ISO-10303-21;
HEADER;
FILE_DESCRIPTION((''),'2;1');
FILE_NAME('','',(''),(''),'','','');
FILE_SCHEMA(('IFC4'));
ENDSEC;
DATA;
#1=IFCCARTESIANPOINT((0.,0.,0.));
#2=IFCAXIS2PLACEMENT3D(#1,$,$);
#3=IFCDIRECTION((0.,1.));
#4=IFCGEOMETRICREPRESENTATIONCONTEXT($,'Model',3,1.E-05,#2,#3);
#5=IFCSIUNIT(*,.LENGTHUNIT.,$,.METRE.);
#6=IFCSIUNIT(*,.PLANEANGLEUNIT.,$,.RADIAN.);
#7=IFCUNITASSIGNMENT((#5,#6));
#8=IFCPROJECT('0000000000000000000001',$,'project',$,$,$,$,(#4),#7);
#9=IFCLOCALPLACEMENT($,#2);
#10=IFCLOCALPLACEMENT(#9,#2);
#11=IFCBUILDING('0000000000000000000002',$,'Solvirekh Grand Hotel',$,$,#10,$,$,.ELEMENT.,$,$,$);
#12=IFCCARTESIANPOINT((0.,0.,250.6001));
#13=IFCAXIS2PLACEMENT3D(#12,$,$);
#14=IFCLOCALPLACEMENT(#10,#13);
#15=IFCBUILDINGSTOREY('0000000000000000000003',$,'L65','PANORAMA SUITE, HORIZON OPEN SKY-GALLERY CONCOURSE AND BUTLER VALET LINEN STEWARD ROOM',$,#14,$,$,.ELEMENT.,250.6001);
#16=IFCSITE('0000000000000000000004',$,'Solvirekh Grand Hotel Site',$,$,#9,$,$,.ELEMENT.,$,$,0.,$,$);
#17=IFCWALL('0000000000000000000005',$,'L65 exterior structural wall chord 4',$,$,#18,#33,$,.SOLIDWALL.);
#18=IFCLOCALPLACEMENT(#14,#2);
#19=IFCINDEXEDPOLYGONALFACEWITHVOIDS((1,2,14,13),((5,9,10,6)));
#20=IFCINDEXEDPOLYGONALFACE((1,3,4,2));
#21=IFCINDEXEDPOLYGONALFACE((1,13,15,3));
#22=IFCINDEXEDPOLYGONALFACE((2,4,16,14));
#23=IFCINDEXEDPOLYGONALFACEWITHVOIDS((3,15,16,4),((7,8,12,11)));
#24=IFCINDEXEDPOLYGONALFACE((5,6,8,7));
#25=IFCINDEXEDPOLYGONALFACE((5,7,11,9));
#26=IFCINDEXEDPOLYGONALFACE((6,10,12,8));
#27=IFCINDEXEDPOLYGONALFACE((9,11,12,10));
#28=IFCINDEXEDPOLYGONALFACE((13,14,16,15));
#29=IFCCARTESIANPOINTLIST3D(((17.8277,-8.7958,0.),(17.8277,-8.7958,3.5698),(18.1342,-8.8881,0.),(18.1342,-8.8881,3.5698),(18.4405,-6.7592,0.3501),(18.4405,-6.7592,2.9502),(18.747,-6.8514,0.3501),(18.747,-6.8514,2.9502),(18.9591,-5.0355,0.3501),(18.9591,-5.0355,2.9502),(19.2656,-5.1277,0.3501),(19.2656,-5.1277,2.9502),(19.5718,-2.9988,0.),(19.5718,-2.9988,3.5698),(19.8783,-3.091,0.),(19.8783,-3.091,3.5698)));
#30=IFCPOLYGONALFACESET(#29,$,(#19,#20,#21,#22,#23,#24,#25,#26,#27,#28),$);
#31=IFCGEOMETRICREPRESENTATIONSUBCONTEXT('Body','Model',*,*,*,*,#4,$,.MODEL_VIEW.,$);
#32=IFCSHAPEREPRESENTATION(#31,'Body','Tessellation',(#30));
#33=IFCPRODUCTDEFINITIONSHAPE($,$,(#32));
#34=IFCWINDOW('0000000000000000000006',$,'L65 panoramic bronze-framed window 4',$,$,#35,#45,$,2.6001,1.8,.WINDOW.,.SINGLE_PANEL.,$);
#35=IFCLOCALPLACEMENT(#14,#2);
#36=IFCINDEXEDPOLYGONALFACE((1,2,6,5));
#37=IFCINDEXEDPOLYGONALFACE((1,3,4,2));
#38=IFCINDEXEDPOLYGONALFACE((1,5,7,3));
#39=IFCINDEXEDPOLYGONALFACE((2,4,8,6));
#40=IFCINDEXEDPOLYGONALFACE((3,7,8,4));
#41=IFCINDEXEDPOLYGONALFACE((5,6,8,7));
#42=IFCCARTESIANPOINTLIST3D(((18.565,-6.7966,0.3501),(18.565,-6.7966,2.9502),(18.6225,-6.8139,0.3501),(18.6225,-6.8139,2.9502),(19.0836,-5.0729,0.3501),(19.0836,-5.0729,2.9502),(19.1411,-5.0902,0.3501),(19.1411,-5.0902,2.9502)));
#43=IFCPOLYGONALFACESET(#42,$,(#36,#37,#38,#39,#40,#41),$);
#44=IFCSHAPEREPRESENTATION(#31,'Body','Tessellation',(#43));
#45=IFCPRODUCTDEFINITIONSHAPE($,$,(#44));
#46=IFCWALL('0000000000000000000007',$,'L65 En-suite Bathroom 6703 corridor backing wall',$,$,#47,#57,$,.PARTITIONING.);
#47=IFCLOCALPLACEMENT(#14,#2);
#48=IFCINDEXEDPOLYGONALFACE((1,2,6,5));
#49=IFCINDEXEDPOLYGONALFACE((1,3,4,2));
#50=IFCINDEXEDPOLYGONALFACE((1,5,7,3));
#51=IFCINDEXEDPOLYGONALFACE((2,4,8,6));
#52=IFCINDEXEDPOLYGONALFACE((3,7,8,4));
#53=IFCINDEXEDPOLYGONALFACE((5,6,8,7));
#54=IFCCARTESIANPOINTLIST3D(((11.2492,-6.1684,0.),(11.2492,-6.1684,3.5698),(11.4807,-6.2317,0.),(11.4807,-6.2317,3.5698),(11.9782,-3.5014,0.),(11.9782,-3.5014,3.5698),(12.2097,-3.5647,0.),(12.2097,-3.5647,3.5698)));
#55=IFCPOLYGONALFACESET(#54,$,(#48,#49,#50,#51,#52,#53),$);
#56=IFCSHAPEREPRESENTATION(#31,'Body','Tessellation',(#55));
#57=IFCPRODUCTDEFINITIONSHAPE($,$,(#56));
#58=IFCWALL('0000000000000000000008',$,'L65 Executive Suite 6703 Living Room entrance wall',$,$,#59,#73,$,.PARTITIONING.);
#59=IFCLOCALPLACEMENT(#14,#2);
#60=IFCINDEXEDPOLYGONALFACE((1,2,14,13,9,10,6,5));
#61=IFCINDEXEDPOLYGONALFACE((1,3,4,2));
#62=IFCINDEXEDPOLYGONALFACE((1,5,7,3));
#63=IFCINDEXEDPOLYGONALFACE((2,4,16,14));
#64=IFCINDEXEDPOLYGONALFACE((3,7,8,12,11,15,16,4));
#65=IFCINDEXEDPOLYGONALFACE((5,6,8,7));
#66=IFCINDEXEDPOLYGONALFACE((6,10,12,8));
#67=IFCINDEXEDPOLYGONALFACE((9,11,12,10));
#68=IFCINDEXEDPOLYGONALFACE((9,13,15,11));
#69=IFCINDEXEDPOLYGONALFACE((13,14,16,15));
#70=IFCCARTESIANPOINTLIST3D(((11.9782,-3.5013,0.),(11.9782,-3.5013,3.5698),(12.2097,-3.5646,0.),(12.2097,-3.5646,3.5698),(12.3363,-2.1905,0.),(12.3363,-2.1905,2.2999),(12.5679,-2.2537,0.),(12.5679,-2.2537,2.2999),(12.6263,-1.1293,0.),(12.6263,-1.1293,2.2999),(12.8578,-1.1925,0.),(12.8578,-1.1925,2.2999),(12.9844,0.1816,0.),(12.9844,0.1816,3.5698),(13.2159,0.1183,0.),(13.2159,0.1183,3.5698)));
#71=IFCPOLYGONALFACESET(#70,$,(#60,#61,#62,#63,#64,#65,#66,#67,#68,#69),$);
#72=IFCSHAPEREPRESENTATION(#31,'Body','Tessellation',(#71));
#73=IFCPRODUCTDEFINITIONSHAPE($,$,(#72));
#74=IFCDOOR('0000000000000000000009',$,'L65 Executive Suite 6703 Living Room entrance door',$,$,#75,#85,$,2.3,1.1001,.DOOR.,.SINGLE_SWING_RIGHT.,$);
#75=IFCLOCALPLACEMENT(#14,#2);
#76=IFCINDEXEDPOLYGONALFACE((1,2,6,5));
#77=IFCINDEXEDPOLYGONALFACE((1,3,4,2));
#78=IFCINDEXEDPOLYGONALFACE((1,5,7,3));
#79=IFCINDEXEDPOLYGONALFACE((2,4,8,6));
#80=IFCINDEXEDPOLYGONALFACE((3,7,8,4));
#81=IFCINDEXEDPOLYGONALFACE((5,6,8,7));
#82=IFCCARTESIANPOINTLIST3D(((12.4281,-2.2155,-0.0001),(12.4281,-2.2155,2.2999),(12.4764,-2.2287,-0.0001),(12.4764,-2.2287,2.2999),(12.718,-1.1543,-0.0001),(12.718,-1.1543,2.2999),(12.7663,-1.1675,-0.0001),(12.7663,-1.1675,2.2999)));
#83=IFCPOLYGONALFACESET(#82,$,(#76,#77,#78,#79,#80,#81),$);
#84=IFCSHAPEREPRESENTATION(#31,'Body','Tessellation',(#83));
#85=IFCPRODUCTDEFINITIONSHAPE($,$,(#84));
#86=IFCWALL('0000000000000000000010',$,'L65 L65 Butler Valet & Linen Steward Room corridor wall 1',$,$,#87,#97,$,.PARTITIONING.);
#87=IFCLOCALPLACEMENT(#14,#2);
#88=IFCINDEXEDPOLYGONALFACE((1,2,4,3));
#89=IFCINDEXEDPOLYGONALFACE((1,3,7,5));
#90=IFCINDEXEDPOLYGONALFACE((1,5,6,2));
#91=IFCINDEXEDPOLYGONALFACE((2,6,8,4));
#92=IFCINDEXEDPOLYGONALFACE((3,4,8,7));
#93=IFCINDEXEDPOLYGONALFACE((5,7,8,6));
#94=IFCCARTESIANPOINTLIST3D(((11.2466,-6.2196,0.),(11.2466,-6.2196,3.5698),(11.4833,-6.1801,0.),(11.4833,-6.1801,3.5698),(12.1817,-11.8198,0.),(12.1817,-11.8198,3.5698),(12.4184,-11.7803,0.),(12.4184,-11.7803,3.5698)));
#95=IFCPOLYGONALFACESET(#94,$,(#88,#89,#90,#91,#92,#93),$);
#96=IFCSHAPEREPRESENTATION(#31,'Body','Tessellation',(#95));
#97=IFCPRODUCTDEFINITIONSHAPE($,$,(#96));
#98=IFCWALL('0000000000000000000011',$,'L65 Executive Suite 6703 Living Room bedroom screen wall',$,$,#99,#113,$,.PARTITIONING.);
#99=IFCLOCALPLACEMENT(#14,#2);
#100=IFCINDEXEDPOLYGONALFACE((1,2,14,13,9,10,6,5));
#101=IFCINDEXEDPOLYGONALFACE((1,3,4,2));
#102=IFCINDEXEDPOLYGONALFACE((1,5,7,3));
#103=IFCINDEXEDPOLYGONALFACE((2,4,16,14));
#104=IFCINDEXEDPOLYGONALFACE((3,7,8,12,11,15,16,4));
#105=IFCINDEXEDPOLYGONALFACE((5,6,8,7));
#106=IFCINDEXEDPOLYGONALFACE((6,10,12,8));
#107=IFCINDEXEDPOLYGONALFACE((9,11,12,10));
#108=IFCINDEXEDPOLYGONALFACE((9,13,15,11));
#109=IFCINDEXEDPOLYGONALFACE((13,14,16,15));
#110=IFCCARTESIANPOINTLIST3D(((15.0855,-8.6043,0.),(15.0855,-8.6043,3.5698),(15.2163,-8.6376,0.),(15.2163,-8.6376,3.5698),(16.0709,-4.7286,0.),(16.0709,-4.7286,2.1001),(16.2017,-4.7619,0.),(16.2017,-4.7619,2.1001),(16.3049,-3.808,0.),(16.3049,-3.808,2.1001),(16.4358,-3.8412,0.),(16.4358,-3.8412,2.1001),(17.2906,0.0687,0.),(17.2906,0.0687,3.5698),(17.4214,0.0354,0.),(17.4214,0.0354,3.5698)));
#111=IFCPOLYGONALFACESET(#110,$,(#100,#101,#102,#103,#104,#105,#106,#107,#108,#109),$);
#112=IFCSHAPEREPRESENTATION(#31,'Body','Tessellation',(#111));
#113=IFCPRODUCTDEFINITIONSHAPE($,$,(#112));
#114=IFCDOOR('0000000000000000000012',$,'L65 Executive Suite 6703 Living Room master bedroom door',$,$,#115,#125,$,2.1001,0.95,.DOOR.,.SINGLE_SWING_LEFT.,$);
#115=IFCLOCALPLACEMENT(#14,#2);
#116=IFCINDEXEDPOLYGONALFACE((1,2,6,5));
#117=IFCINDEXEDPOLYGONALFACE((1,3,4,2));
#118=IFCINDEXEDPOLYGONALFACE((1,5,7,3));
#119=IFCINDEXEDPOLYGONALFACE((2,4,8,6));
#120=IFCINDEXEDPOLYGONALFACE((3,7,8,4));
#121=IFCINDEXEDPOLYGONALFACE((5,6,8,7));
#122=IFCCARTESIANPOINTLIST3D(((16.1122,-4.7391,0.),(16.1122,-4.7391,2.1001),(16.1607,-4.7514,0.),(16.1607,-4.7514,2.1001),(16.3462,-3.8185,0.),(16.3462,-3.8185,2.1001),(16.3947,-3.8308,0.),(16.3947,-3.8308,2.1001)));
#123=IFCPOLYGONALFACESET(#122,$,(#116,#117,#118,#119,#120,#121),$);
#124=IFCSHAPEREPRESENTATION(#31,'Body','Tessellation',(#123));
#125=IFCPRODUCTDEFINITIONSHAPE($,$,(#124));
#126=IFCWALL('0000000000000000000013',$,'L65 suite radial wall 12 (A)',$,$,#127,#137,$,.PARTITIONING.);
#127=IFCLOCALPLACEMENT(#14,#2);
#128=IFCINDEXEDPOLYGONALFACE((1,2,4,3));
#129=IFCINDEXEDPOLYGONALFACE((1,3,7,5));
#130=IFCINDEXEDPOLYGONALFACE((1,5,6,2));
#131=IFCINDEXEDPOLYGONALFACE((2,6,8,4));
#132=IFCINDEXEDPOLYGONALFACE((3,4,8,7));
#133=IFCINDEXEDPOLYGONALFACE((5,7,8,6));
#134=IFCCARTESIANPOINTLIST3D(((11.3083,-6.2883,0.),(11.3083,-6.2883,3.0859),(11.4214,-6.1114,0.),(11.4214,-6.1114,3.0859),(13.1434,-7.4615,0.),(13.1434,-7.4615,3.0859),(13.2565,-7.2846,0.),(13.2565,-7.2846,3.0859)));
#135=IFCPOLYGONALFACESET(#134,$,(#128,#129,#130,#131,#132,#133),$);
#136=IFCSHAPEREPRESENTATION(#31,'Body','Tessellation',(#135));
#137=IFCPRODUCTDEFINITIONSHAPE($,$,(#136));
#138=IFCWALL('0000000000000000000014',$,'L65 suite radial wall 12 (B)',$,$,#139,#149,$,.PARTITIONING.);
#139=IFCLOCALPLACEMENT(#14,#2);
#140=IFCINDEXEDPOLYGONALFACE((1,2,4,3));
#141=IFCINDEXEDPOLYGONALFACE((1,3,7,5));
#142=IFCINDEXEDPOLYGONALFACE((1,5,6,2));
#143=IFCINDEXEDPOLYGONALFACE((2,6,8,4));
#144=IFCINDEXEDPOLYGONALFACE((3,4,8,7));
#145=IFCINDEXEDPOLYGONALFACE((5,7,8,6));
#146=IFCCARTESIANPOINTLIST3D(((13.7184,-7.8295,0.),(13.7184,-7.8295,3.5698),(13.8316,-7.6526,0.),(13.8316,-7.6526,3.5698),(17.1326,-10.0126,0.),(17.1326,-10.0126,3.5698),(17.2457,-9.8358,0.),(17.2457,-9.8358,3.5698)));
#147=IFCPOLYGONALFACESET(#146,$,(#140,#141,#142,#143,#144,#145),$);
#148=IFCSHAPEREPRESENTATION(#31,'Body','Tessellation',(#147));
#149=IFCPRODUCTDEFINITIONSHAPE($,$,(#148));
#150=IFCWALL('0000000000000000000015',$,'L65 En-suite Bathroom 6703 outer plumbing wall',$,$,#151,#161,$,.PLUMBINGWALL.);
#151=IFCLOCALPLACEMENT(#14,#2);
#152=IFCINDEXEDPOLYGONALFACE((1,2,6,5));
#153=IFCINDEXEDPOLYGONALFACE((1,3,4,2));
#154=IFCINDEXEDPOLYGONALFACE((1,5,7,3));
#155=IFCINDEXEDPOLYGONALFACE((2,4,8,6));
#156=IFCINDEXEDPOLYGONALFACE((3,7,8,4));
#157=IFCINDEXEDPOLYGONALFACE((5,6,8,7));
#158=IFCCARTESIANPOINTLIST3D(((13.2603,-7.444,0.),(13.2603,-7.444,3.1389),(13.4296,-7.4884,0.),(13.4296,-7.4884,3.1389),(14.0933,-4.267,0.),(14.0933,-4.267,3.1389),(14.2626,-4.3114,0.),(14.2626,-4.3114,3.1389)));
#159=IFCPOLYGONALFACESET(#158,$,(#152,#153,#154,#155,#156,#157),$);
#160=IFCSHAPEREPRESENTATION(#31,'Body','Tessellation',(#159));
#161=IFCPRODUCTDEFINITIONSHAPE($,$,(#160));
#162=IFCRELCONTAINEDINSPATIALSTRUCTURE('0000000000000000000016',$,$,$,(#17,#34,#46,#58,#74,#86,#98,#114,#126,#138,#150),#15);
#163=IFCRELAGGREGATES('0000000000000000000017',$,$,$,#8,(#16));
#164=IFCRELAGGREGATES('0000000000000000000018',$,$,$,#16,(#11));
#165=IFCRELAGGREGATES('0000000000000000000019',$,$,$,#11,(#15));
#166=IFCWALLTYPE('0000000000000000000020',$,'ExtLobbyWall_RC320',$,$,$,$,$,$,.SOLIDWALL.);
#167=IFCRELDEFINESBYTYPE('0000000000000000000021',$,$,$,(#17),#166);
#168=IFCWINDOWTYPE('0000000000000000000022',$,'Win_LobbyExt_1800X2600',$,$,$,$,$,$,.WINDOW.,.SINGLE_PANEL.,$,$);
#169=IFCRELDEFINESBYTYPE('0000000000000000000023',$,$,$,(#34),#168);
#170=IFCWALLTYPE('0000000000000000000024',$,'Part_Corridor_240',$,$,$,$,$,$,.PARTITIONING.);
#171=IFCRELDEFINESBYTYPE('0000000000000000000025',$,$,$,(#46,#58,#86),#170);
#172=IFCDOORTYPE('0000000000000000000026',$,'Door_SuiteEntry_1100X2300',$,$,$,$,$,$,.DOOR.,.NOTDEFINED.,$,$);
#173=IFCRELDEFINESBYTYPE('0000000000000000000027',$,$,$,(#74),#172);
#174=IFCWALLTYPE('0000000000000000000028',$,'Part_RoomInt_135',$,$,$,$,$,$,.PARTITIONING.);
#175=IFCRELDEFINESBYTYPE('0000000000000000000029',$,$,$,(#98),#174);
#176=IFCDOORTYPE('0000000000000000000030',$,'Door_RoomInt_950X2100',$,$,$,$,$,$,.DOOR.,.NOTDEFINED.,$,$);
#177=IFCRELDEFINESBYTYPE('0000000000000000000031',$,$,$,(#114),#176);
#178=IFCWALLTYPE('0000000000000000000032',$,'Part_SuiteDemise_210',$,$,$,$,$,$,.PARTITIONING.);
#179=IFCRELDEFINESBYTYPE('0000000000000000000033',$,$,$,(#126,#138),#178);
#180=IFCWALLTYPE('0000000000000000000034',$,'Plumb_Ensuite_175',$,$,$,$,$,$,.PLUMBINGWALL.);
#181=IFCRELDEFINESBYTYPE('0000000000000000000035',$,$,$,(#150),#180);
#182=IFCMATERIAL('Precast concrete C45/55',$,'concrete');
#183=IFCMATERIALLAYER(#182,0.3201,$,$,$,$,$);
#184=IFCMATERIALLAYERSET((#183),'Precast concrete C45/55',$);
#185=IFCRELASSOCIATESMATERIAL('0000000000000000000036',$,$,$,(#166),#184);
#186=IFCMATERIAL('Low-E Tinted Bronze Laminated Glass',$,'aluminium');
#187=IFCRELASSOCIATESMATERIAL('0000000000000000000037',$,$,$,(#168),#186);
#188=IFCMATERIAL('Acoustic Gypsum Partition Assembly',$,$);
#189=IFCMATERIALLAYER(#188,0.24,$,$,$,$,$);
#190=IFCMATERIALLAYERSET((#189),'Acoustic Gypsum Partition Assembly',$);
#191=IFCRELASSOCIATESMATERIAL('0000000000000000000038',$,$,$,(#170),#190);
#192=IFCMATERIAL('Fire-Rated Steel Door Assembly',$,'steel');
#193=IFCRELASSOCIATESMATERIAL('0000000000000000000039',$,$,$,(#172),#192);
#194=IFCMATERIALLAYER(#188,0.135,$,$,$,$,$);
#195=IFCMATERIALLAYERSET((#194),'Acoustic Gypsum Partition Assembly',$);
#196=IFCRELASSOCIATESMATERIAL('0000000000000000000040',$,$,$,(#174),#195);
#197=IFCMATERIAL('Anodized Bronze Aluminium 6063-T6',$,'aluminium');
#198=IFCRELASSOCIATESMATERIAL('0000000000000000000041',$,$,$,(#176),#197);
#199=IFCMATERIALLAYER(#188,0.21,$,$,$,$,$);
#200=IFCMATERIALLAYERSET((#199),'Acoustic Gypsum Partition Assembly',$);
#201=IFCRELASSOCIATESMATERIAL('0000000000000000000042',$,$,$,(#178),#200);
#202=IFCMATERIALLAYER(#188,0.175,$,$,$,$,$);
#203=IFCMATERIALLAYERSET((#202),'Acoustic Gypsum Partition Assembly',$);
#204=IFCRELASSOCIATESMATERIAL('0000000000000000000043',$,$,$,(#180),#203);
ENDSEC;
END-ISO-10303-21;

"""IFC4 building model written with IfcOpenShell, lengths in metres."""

from ifc_helpers import new_model, si_unit, direction, frame, frame_2d, origin, place, context, subcontext, project, spatial, rectangle, extrude, material, layer, layer_set, type_object, element, fill, save


model = new_model("IFC4")

# Units and contexts
model_context = context("Model", 3, precision=1e-05, world=origin(), true_north=direction((0.0, 1.0)))
body_context = subcontext(model_context, "Body", "Model", "MODEL_VIEW")
ifc_project = project(units=[si_unit("LENGTHUNIT", "METRE"), si_unit("PLANEANGLEUNIT", "RADIAN")], contexts=[model_context])

# Site, building, storey
site_placement = place(None, origin())
site = spatial("IfcSite", under=ifc_project, at=site_placement, Name="Solvirekh Grand Hotel Site", CompositionType="ELEMENT", RefElevation=0.0)
building_placement = place(site_placement, origin())
building = spatial("IfcBuilding", under=site, at=building_placement, Name="Solvirekh Grand Hotel", CompositionType="ELEMENT")
storey_placement = place(building_placement, frame((0.0, 0.0, 250.6001)))
storey = spatial("IfcBuildingStorey", under=building, at=storey_placement, Name="L65", Description="PANORAMA SUITE, HORIZON OPEN SKY-GALLERY CONCOURSE AND BUTLER VALET LINEN STEWARD ROOM", CompositionType="ELEMENT", Elevation=250.6001)

# Shared definitions
ifc_material_1 = material(Name="Anodized Bronze Aluminium 6063-T6", Category="aluminium")

# Shared definitions
ifc_material_2 = material(Name="Low-E Tinted Bronze Laminated Glass", Category="aluminium")

# Wall, opening, window
ifc_material_3 = material(Name="Precast concrete C45/55", Category="concrete")
ifc_layer_1 = layer(ifc_material_3, 0.3201)
ifc_layer_set_1 = layer_set([ifc_layer_1], Name="Precast concrete C45/55")
wall_type_1 = type_object("IfcWallType", Name="ExtLobbyWall_RC320", PredefinedType="SOLIDWALL", material=ifc_layer_set_1)
window_type = type_object("IfcWindowType", Name="Win_LobbyExt_1800X2600", PartitioningType="SINGLE_PANEL", PredefinedType="WINDOW", material=ifc_material_2)
wall_1_placement = place(storey_placement, frame((19.7251, -3.0449, 0.0), z_axis=(0.0, 0.0, 1.0), x_axis=(-0.288106, -0.957598, 0.0)))
wall_1 = element("IfcWall", 1, at=wall_1_placement, inside=storey, type_object=wall_type_1, Name="L65 exterior structural wall chord 4", PredefinedType="SOLIDWALL", context=body_context, shape_type="SweptSolid", body=[
    extrude(rectangle(XDim=6.0537, YDim=0.3201, at=frame_2d((3.0269, 0.0))), origin(), (0.0, 0.0, 1.0), 3.5698),
])
opening_1_placement = place(wall_1_placement, frame((2.127, 0.0, 0.3501)))
opening_1 = element("IfcOpeningElement", 2, at=opening_1_placement, cuts=wall_1, PredefinedType="OPENING", context=body_context, shape_type="SweptSolid", body=[
    extrude(rectangle(XDim=1.8, YDim=2.6001, at=frame_2d((0.8999, 1.3))), frame((0.0, 0.1699, 0.0), z_axis=(0.0, -1.0, 0.0), x_axis=(1.0, 0.0, 0.0)), (0.0, 0.0, 1.0), 0.3401),
])
window_1_placement = place(opening_1_placement, origin())
window_1 = element("IfcWindow", 3, at=window_1_placement, inside=storey, type_object=window_type, Name="L65 panoramic bronze-framed window 4", OverallHeight=2.6001, OverallWidth=1.8, PartitioningType="SINGLE_PANEL", PredefinedType="WINDOW", context=body_context, shape_type="SweptSolid", body=[
    extrude(rectangle(XDim=1.8, YDim=2.6001, at=frame_2d((0.8999, 1.3))), frame((0.0, 0.03, 0.0), z_axis=(0.0, -1.0, 0.0), x_axis=(1.0, 0.0, 0.0)), (0.0, 0.0, 1.0), 0.0601),
])
fill(opening_1, window_1)

# Wall
ifc_material_4 = material(Name="Acoustic Gypsum Partition Assembly")
ifc_layer_2 = layer(ifc_material_4, 0.24)
ifc_layer_set_2 = layer_set([ifc_layer_2], Name="Acoustic Gypsum Partition Assembly")
wall_type_2 = type_object("IfcWallType", Name="Part_Corridor_240", PredefinedType="PARTITIONING", material=ifc_layer_set_2)
wall_2_placement = place(storey_placement, frame((11.365, -6.2, 0.0), z_axis=(0.0, 0.0, 1.0), x_axis=(0.26367, 0.964613, 0.0)))
element("IfcWall", 4, at=wall_2_placement, inside=storey, type_object=wall_type_2, Name="L65 En-suite Bathroom 6703 corridor backing wall", PredefinedType="PARTITIONING", context=body_context, shape_type="SweptSolid", body=[
    extrude(rectangle(XDim=2.7649, YDim=0.24, at=frame_2d((1.3823, 0.0))), origin(), (0.0, 0.0, 1.0), 3.5698),
])

# Wall, opening, door
wall_3_placement = place(storey_placement, frame((12.094, -3.533, 0.0), z_axis=(0.0, 0.0, 1.0), x_axis=(0.263529, 0.964652, 0.0)))
wall_3 = element("IfcWall", 5, at=wall_3_placement, inside=storey, type_object=wall_type_2, Name="L65 Executive Suite 6703 Living Room entrance wall", PredefinedType="PARTITIONING", context=body_context, shape_type="SweptSolid", body=[
    extrude(rectangle(XDim=3.8179, YDim=0.24, at=frame_2d((1.9089, 0.0))), origin(), (0.0, 0.0, 1.0), 3.5698),
])
opening_2_placement = place(wall_3_placement, frame((1.3589, 0.0, 0.0)))
opening_2 = element("IfcOpeningElement", 6, at=opening_2_placement, cuts=wall_3, PredefinedType="OPENING", context=body_context, shape_type="SweptSolid", body=[
    extrude(rectangle(XDim=1.1001, YDim=2.3, at=frame_2d((0.55, 1.1499))), frame((0.0, 0.1299, 0.0), z_axis=(0.0, -1.0, 0.0), x_axis=(1.0, 0.0, 0.0)), (0.0, 0.0, 1.0), 0.26),
])
ifc_material_5 = material(Name="Fire-Rated Steel Door Assembly", Category="steel")
door_type_1 = type_object("IfcDoorType", Name="Door_SuiteEntry_1100X2300", OperationType="NOTDEFINED", PredefinedType="DOOR", material=ifc_material_5)
door_1_placement = place(opening_2_placement, origin())
door_1 = element("IfcDoor", 7, at=door_1_placement, inside=storey, type_object=door_type_1, Name="L65 Executive Suite 6703 Living Room entrance door", OperationType="SINGLE_SWING_RIGHT", OverallHeight=2.3, OverallWidth=1.1001, PredefinedType="DOOR", context=body_context, shape_type="SweptSolid", body=[
    extrude(rectangle(XDim=1.1001, YDim=2.3, at=frame_2d((0.55, 1.1499))), frame((0.0, 0.0249, 0.0), z_axis=(0.0, -1.0, 0.0), x_axis=(1.0, 0.0, 0.0)), (0.0, 0.0, 1.0), 0.05),
])
fill(opening_2, door_1)

# Wall
wall_4_placement = place(storey_placement, frame((12.3, -11.8, 0.0), z_axis=(0.0, 0.0, 1.0), x_axis=(-0.164692, 0.986345, 0.0)))
element("IfcWall", 8, at=wall_4_placement, inside=storey, type_object=wall_type_2, Name="L65 L65 Butler Valet & Linen Steward Room corridor wall 1", PredefinedType="PARTITIONING", context=body_context, shape_type="SweptSolid", body=[
    extrude(rectangle(XDim=5.6777, YDim=0.24, at=frame_2d((2.8389, 0.0))), origin(), (0.0, 0.0, 1.0), 3.5698),
])

# Wall, opening, door
ifc_layer_3 = layer(ifc_material_4, 0.135)
ifc_layer_set_3 = layer_set([ifc_layer_3], Name="Acoustic Gypsum Partition Assembly")
wall_type_3 = type_object("IfcWallType", Name="Part_RoomInt_135", PredefinedType="PARTITIONING", material=ifc_layer_set_3)
wall_5_placement = place(storey_placement, frame((15.1509, -8.6211, 0.0), z_axis=(0.0, 0.0, 1.0), x_axis=(0.246404, 0.969167, 0.0)))
wall_5 = element("IfcWall", 9, at=wall_5_placement, inside=storey, type_object=wall_type_3, Name="L65 Executive Suite 6703 Living Room bedroom screen wall", PredefinedType="PARTITIONING", context=body_context, shape_type="SweptSolid", body=[
    extrude(rectangle(XDim=8.949, YDim=0.135, at=frame_2d((4.4746, 0.0))), origin(), (0.0, 0.0, 1.0), 3.5698),
])
opening_3_placement = place(wall_5_placement, frame((3.999, 0.0, 0.0)))
opening_3 = element("IfcOpeningElement", 10, at=opening_3_placement, cuts=wall_5, PredefinedType="OPENING", context=body_context, shape_type="SweptSolid", body=[
    extrude(rectangle(XDim=0.95, YDim=2.1001, at=frame_2d((0.4751, 1.05))), frame((0.0, 0.0776, 0.0), z_axis=(0.0, -1.0, 0.0), x_axis=(1.0, 0.0, 0.0)), (0.0, 0.0, 1.0), 0.155),
])
door_type_2 = type_object("IfcDoorType", Name="Door_RoomInt_950X2100", OperationType="NOTDEFINED", PredefinedType="DOOR", material=ifc_material_1)
door_2_placement = place(opening_3_placement, origin())
door_2 = element("IfcDoor", 11, at=door_2_placement, inside=storey, type_object=door_type_2, Name="L65 Executive Suite 6703 Living Room master bedroom door", OperationType="SINGLE_SWING_LEFT", OverallHeight=2.1001, OverallWidth=0.95, PredefinedType="DOOR", context=body_context, shape_type="SweptSolid", body=[
    extrude(rectangle(XDim=0.95, YDim=2.1001, at=frame_2d((0.4751, 1.05))), frame((0.0, 0.0249, 0.0), z_axis=(0.0, -1.0, 0.0), x_axis=(1.0, 0.0, 0.0)), (0.0, 0.0, 1.0), 0.05),
])
fill(opening_3, door_2)

# Walls
ifc_layer_4 = layer(ifc_material_4, 0.21)
ifc_layer_set_4 = layer_set([ifc_layer_4], Name="Acoustic Gypsum Partition Assembly")
wall_type_4 = type_object("IfcWallType", Name="Part_SuiteDemise_210", PredefinedType="PARTITIONING", material=ifc_layer_set_4)
wall_6_placement = place(storey_placement, frame((11.365, -6.2, 0.0), z_axis=(0.0, 0.0, 1.0), x_axis=(0.842538, -0.538637, 0.0)))
element("IfcWall", 12, at=wall_6_placement, inside=storey, type_object=wall_type_4, Name="L65 suite radial wall 12 (A)", PredefinedType="PARTITIONING", context=body_context, shape_type="SweptSolid", body=[
    extrude(rectangle(XDim=2.178, YDim=0.21, at=frame_2d((1.0889, 0.0))), origin(), (0.0, 0.0, 1.0), 3.0859),
])
wall_7_placement = place(storey_placement, frame((13.7749, -7.741, 0.0), z_axis=(0.0, 0.0, 1.0), x_axis=(0.842484, -0.538722, 0.0)))
element("IfcWall", 13, at=wall_7_placement, inside=storey, type_object=wall_type_4, Name="L65 suite radial wall 12 (B)", PredefinedType="PARTITIONING", context=body_context, shape_type="SweptSolid", body=[
    extrude(rectangle(XDim=4.0525, YDim=0.21, at=frame_2d((2.0264, 0.0))), origin(), (0.0, 0.0, 1.0), 3.5698),
])
ifc_layer_5 = layer(ifc_material_4, 0.175)
ifc_layer_set_5 = layer_set([ifc_layer_5], Name="Acoustic Gypsum Partition Assembly")
wall_type_5 = type_object("IfcWallType", Name="Plumb_Ensuite_175", PredefinedType="PLUMBINGWALL", material=ifc_layer_set_5)
wall_8_placement = place(storey_placement, frame((13.345, -7.4661, 0.0), z_axis=(0.0, 0.0, 1.0), x_axis=(0.253626, 0.967302, 0.0)))
element("IfcWall", 14, at=wall_8_placement, inside=storey, type_object=wall_type_5, Name="L65 En-suite Bathroom 6703 outer plumbing wall", PredefinedType="PLUMBINGWALL", context=body_context, shape_type="SweptSolid", body=[
    extrude(rectangle(XDim=3.2844, YDim=0.175, at=frame_2d((1.6421, 0.0))), origin(), (0.0, 0.0, 1.0), 3.1389),
])

save(model, "model.ifc")
